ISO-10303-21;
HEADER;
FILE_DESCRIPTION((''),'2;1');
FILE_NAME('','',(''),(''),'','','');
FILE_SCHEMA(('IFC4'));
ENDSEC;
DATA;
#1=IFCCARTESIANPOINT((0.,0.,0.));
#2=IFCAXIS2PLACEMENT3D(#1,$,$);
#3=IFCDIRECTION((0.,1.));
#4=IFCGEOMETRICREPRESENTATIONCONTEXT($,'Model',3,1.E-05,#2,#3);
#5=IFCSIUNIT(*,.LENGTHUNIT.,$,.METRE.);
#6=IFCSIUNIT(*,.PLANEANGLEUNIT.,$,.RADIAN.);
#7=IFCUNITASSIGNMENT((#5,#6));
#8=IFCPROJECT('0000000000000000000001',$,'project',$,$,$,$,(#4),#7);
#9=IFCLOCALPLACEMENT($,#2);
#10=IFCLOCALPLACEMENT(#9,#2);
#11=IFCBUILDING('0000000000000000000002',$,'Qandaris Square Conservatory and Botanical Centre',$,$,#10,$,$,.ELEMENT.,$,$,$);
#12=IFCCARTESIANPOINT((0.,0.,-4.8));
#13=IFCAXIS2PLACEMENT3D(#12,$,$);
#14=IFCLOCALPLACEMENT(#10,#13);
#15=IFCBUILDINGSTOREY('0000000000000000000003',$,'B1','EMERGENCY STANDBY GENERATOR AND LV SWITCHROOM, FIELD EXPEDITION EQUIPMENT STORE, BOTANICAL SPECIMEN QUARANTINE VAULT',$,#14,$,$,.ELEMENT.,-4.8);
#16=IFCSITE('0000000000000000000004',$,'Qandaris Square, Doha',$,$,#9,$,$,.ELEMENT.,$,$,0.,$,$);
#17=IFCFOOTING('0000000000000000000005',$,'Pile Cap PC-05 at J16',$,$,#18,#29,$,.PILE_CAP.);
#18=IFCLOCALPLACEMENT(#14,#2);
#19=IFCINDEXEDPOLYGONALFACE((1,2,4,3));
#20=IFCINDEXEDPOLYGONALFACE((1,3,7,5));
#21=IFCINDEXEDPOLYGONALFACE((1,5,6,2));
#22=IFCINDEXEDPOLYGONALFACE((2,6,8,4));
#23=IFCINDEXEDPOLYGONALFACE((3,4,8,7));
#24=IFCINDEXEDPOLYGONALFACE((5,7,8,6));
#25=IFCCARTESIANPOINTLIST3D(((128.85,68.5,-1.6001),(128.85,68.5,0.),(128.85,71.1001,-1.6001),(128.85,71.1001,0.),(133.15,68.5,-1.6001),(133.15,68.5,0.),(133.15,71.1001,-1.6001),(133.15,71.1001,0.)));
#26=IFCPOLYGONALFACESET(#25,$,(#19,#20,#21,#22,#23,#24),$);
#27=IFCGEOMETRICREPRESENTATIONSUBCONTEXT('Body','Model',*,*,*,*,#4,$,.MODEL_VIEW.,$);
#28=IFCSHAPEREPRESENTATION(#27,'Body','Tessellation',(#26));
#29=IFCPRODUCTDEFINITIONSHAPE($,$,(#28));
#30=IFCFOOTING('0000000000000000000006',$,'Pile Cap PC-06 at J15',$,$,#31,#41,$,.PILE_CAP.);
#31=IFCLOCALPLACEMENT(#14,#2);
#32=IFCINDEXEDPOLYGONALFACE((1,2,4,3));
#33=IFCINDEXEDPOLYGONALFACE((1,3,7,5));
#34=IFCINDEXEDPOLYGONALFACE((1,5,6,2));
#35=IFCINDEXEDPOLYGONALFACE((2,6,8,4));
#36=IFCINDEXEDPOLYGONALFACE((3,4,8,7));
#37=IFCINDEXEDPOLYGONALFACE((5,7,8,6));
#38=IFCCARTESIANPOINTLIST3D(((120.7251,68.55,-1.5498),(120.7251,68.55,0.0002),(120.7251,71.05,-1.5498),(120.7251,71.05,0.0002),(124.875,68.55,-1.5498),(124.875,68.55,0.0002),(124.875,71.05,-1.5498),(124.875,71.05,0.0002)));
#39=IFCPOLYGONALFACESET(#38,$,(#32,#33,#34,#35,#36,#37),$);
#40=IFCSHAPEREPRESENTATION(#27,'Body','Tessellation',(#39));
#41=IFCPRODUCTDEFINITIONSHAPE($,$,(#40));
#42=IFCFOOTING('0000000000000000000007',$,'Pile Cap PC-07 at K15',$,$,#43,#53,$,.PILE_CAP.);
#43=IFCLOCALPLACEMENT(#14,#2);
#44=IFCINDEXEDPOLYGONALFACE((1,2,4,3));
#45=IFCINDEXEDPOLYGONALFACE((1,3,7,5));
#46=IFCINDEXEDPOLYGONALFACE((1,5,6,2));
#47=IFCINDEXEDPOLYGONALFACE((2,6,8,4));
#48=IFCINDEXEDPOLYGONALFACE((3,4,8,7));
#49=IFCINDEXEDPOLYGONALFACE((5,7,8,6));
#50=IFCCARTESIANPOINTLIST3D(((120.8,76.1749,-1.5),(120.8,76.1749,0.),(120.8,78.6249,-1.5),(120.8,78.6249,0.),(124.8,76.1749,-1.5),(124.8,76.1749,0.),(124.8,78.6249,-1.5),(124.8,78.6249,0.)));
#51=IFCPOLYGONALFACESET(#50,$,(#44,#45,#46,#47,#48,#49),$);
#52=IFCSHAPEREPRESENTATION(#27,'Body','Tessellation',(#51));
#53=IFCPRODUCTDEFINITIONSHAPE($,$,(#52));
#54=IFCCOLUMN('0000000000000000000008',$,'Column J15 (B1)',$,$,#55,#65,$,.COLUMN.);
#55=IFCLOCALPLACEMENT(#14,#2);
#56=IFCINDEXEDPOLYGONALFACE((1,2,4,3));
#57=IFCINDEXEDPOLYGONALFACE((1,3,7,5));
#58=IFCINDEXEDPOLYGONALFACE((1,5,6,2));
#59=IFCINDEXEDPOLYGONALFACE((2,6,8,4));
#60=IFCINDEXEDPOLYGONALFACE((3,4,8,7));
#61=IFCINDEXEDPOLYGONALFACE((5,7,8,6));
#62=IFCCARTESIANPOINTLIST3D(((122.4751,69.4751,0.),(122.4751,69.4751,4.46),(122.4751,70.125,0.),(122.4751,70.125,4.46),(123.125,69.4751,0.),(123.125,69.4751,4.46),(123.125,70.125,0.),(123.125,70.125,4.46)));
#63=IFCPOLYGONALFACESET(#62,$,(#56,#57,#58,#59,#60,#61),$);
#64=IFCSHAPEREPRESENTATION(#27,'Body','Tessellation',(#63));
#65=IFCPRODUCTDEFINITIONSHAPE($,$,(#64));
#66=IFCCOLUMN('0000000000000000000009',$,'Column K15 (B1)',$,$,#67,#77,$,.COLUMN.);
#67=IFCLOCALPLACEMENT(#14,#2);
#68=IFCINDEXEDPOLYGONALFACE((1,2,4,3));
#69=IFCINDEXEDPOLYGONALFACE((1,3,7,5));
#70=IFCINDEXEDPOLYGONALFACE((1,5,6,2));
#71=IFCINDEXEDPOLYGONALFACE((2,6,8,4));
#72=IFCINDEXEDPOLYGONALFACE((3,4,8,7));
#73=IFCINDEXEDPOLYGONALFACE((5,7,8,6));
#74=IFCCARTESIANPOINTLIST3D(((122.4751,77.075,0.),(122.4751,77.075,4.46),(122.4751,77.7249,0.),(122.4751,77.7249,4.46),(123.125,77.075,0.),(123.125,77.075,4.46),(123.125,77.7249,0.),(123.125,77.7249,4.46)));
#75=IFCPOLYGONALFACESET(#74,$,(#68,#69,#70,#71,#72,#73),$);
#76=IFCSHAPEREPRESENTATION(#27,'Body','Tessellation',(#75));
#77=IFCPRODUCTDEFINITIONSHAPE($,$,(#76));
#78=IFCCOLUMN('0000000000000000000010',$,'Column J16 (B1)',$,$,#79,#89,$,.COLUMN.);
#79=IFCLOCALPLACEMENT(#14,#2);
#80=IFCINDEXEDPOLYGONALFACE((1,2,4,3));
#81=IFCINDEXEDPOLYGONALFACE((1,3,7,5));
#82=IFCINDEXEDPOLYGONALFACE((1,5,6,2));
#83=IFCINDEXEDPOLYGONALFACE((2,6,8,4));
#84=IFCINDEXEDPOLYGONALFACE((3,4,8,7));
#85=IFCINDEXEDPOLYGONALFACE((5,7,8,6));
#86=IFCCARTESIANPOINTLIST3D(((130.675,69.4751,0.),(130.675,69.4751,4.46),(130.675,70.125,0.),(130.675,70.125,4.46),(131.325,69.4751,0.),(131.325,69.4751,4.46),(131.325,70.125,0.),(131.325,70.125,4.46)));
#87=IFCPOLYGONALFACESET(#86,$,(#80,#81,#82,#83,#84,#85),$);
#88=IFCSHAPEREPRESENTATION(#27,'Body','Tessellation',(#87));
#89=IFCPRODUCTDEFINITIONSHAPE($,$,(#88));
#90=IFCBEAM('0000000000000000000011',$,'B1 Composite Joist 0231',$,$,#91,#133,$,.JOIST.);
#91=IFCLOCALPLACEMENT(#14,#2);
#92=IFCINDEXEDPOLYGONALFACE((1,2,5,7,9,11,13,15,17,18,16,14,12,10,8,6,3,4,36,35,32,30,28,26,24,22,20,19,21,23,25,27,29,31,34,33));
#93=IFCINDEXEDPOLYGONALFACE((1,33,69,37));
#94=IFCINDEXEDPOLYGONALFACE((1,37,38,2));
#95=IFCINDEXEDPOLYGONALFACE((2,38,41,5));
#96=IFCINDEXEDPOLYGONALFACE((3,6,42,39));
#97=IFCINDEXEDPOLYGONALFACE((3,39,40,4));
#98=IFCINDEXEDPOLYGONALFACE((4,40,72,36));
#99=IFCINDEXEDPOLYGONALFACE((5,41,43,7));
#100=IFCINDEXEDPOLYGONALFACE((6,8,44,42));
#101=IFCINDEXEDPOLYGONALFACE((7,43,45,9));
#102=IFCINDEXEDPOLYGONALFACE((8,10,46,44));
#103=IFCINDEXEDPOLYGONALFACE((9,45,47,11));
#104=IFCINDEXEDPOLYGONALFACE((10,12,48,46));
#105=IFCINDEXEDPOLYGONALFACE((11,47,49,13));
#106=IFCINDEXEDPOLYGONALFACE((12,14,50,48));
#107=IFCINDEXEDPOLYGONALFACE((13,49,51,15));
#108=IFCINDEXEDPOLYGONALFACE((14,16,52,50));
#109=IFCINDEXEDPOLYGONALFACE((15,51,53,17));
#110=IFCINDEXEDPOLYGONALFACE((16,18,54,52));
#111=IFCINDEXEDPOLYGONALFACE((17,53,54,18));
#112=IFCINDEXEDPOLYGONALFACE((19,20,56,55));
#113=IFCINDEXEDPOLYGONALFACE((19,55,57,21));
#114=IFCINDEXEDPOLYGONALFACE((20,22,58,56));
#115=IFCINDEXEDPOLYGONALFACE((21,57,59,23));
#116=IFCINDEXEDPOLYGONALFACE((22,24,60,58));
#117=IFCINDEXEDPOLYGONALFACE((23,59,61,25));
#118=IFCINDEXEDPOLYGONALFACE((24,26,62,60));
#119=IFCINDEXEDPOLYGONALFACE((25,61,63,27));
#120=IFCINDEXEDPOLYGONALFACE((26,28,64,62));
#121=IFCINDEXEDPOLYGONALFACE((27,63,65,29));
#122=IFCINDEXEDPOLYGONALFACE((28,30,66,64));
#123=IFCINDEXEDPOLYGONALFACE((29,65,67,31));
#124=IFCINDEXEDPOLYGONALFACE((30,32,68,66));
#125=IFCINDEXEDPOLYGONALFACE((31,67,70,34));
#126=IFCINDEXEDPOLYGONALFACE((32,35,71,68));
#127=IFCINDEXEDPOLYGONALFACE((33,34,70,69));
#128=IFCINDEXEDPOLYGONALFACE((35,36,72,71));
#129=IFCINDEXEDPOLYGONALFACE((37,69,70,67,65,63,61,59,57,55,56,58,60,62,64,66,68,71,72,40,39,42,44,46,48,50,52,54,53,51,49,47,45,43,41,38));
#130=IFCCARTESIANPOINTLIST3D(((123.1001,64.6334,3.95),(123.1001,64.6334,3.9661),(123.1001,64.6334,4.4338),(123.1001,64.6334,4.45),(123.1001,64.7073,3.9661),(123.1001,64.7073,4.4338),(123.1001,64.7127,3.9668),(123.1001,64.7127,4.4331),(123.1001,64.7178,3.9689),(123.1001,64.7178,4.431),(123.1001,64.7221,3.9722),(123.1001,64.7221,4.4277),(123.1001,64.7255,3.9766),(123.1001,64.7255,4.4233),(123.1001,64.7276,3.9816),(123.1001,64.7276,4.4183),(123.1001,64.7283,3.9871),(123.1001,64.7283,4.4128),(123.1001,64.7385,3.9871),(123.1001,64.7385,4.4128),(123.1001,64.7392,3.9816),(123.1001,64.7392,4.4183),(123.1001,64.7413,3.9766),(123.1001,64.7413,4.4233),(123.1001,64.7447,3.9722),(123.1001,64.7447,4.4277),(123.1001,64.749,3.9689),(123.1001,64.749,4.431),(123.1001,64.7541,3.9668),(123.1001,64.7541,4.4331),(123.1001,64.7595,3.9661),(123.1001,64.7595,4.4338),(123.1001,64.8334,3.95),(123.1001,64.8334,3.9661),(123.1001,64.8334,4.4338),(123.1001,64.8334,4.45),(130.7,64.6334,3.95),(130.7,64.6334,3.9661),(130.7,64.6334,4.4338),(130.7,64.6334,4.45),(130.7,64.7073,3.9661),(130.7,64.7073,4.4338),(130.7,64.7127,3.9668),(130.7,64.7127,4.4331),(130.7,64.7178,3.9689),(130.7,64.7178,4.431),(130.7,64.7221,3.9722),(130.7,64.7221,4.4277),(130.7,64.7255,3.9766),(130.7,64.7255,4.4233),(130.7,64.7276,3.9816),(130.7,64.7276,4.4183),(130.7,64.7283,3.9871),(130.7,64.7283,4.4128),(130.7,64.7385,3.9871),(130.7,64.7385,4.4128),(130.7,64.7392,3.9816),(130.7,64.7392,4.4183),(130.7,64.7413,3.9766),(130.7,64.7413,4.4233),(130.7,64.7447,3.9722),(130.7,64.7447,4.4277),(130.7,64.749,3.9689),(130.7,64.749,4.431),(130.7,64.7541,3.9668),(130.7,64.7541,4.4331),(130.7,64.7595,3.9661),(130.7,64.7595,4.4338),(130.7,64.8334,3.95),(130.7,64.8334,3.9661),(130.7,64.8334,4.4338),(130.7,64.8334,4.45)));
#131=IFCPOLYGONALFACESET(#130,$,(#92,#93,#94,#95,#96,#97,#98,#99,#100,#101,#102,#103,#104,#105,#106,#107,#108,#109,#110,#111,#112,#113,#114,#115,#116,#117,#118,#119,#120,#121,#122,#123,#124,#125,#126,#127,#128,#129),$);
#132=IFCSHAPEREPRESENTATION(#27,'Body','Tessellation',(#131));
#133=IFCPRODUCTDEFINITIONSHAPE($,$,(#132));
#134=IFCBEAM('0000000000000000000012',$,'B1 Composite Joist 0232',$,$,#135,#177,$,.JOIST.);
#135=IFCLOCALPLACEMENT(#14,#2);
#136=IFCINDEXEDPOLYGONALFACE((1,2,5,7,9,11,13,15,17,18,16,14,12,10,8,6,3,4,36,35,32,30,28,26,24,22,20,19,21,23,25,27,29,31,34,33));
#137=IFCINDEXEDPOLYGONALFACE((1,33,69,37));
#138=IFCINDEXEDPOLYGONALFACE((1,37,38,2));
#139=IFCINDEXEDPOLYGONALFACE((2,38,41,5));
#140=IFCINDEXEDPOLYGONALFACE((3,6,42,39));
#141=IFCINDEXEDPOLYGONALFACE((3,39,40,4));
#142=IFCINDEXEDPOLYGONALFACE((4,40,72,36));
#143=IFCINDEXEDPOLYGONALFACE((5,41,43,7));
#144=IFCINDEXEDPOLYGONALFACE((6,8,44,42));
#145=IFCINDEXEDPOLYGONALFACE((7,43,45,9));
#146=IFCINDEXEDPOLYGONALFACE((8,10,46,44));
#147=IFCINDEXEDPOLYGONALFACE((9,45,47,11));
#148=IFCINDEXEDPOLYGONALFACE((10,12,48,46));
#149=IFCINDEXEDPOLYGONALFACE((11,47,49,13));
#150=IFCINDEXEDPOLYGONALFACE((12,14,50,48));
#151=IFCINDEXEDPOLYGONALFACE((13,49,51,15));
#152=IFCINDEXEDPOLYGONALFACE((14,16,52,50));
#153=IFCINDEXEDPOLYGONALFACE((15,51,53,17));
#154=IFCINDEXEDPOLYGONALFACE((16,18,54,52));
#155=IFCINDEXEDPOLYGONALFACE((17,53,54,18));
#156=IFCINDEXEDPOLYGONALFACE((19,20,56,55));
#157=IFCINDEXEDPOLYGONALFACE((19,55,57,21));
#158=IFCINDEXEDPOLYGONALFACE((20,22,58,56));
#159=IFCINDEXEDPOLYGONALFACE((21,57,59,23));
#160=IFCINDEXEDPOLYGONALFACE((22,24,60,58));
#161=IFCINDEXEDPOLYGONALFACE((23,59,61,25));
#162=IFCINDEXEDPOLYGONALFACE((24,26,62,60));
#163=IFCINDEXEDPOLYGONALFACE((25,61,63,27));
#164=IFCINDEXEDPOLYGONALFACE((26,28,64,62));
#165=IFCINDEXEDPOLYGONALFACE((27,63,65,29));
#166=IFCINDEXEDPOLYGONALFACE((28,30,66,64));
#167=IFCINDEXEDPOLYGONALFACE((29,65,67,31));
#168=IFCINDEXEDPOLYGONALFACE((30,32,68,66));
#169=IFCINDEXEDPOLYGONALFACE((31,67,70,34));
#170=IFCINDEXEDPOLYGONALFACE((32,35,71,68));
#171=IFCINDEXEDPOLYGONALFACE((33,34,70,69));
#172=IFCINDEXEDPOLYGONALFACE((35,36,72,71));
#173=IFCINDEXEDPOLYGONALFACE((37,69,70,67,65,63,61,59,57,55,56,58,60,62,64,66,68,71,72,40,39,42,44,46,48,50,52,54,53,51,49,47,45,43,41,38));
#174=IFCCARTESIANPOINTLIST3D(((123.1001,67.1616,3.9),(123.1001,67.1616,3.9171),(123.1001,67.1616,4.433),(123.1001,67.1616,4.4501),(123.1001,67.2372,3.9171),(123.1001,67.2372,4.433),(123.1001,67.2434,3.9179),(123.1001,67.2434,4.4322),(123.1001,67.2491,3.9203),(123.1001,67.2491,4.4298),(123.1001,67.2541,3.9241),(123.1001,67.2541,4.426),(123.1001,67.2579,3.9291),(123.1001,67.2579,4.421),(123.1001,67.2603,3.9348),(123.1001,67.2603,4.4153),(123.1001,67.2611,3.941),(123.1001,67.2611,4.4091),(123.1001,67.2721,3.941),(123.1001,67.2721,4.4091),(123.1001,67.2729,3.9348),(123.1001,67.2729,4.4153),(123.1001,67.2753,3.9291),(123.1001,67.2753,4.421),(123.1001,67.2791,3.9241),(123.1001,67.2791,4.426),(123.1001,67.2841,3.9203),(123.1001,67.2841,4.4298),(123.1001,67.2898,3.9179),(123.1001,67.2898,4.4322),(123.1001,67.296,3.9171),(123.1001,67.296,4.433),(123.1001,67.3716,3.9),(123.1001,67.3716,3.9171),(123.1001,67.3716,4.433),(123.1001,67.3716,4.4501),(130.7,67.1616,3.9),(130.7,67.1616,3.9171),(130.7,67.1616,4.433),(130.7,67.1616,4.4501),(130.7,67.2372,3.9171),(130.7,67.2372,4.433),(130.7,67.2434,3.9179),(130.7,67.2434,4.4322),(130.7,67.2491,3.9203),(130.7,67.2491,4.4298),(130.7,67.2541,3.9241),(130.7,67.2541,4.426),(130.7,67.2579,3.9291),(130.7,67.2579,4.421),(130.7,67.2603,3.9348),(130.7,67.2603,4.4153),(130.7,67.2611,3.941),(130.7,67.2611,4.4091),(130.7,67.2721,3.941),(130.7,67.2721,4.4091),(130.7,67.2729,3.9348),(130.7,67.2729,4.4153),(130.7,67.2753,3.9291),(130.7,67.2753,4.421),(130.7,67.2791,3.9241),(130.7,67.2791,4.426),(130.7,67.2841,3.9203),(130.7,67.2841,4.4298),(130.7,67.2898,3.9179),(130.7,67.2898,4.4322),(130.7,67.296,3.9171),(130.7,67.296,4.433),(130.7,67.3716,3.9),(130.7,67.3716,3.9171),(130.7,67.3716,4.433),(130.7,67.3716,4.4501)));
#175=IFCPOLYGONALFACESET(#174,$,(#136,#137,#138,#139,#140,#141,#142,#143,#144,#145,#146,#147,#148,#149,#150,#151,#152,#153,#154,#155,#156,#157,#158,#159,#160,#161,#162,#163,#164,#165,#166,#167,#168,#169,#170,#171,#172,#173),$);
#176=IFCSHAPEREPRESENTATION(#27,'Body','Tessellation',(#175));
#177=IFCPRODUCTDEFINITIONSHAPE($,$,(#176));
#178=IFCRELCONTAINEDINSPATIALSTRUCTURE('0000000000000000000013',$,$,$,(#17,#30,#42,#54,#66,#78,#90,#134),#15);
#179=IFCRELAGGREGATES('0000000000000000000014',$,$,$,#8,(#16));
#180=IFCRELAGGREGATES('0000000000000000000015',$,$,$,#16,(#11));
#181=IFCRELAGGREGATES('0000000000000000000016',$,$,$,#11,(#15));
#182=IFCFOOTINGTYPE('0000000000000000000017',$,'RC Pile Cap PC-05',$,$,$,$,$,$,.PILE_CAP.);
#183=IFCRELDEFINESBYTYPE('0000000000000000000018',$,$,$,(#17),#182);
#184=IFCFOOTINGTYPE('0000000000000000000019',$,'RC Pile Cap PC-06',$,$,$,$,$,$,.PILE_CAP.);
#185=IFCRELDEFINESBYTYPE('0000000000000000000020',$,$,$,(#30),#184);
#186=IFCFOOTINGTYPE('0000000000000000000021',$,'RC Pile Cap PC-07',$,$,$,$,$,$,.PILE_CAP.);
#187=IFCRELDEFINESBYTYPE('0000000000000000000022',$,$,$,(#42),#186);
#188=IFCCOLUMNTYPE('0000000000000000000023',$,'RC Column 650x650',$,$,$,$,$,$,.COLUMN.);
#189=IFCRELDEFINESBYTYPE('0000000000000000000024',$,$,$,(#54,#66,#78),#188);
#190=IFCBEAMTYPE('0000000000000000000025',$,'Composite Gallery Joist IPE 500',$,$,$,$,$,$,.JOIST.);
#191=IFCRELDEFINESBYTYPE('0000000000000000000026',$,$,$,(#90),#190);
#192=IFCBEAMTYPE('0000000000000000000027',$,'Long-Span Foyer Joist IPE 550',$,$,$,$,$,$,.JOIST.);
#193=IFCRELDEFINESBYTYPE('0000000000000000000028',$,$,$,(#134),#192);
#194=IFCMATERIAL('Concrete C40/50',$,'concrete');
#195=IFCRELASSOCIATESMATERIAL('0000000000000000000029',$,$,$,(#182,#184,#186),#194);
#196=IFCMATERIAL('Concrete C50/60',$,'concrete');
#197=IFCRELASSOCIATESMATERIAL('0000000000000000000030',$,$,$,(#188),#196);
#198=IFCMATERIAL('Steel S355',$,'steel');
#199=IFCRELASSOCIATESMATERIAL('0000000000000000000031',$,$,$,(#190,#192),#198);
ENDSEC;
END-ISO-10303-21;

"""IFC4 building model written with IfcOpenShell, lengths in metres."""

from ifc_helpers import new_model, si_unit, direction, frame, origin, origin_2d, place, context, subcontext, project, spatial, rectangle, i_section, extrude, material, material_profile, profile_set, type_object, element, save


model = new_model("IFC4")

# Units and contexts
model_context = context("Model", 3, precision=1e-05, world=origin(), true_north=direction((0.0, 1.0)))
body_context = subcontext(model_context, "Body", "Model", "MODEL_VIEW")
ifc_project = project(units=[si_unit("LENGTHUNIT", "METRE"), si_unit("PLANEANGLEUNIT", "RADIAN")], contexts=[model_context])

# Site, building, storey
site_placement = place(None, origin())
site = spatial("IfcSite", under=ifc_project, at=site_placement, Name="Qandaris Square, Doha", CompositionType="ELEMENT", RefElevation=0.0)
building_placement = place(site_placement, origin())
building = spatial("IfcBuilding", under=site, at=building_placement, Name="Qandaris Square Conservatory and Botanical Centre", CompositionType="ELEMENT")
storey_placement = place(building_placement, frame((0.0, 0.0, -4.8)))
storey = spatial("IfcBuildingStorey", under=building, at=storey_placement, Name="B1", Description="EMERGENCY STANDBY GENERATOR AND LV SWITCHROOM, FIELD EXPEDITION EQUIPMENT STORE, BOTANICAL SPECIMEN QUARANTINE VAULT", CompositionType="ELEMENT", Elevation=-4.8)

# Shared definitions
ifc_material_1 = material(Name="Concrete C50/60", Category="concrete")

# Footings
ifc_material_2 = material(Name="Concrete C40/50", Category="concrete")
footing_type_1 = type_object("IfcFootingType", Name="RC Pile Cap PC-05", PredefinedType="PILE_CAP", material=ifc_material_2)
footing_1_placement = place(storey_placement, frame((131.0, 69.8, -1.6001), z_axis=(0.0, 0.0, 1.0), x_axis=(1.0, 0.0, 0.0)))
element("IfcFooting", 1, at=footing_1_placement, inside=storey, type_object=footing_type_1, Name="Pile Cap PC-05 at J16", PredefinedType="PILE_CAP", context=body_context, shape_type="SweptSolid", body=[
    extrude(rectangle(XDim=4.3, YDim=2.6001, at=origin_2d()), origin(), (0.0, 0.0, 1.0), 1.6001),
])
footing_type_2 = type_object("IfcFootingType", Name="RC Pile Cap PC-06", PredefinedType="PILE_CAP", material=ifc_material_2)
footing_2_placement = place(storey_placement, frame((122.8, 69.8, -1.5498), z_axis=(0.0, 0.0, 1.0), x_axis=(1.0, 0.0, 0.0)))
element("IfcFooting", 2, at=footing_2_placement, inside=storey, type_object=footing_type_2, Name="Pile Cap PC-06 at J15", PredefinedType="PILE_CAP", context=body_context, shape_type="SweptSolid", body=[
    extrude(rectangle(XDim=4.1499, YDim=2.5, at=origin_2d()), origin(), (0.0, 0.0, 1.0), 1.55),
])
footing_type_3 = type_object("IfcFootingType", Name="RC Pile Cap PC-07", PredefinedType="PILE_CAP", material=ifc_material_2)
footing_3_placement = place(storey_placement, frame((122.8, 77.3999, -1.5), z_axis=(0.0, 0.0, 1.0), x_axis=(1.0, 0.0, 0.0)))
element("IfcFooting", 3, at=footing_3_placement, inside=storey, type_object=footing_type_3, Name="Pile Cap PC-07 at K15", PredefinedType="PILE_CAP", context=body_context, shape_type="SweptSolid", body=[
    extrude(rectangle(XDim=4.0, YDim=2.45, at=origin_2d()), origin(), (0.0, 0.0, 1.0), 1.5),
])

# Columns
ifc_material_profile_1 = material_profile(ifc_material_1, rectangle(XDim=0.6499, YDim=0.6499, at=origin_2d()), Name="RC-COL 650x650")
ifc_profile_set_1 = profile_set([ifc_material_profile_1], Name="Concrete C50/60")
column_type = type_object("IfcColumnType", Name="RC Column 650x650", PredefinedType="COLUMN", material=ifc_profile_set_1)
for number, where, z_axis, x_axis, name in (
    (4, (122.8, 69.8, 0.0), (0.0, 0.0, 1.0), (1.0, 0.0, 0.0), "Column J15 (B1)"),
    (5, (122.8, 77.3999, 0.0), (0.0, 0.0, 1.0), (1.0, 0.0, 0.0), "Column K15 (B1)"),
    (6, (131.0, 69.8, 0.0), (0.0, 0.0, 1.0), (1.0, 0.0, 0.0), "Column J16 (B1)"),
):
    element("IfcColumn", number, at=place(storey_placement, frame(where, z_axis=z_axis, x_axis=x_axis)), inside=storey, type_object=column_type, Name=name, PredefinedType="COLUMN", context=body_context, shape_type="SweptSolid", body=[
        extrude(rectangle(XDim=0.6499, YDim=0.6499, at=origin_2d()), origin(), (0.0, 0.0, 1.0), 4.46),
    ])

# Beams
ifc_material_3 = material(Name="Steel S355", Category="steel")
ifc_material_profile_2 = material_profile(ifc_material_3, i_section(OverallWidth=0.2, OverallDepth=0.5, WebThickness=0.0103, FlangeThickness=0.0161, FilletRadius=0.021, at=origin_2d()), Name="IPE 500")
ifc_profile_set_2 = profile_set([ifc_material_profile_2], Name="Steel S355")
beam_type_1 = type_object("IfcBeamType", Name="Composite Gallery Joist IPE 500", PredefinedType="JOIST", material=ifc_profile_set_2)
beam_1_placement = place(storey_placement, frame((123.1001, 64.7334, 4.2), z_axis=(1.0, 0.0, 0.0), x_axis=(0.0, 1.0, 0.0)))
element("IfcBeam", 7, at=beam_1_placement, inside=storey, type_object=beam_type_1, Name="B1 Composite Joist 0231", PredefinedType="JOIST", context=body_context, shape_type="SweptSolid", body=[
    extrude(i_section(OverallWidth=0.2, OverallDepth=0.5, WebThickness=0.0103, FlangeThickness=0.0161, FilletRadius=0.021, at=origin_2d()), origin(), (0.0, 0.0, 1.0), 7.5999),
])
ifc_material_profile_3 = material_profile(ifc_material_3, i_section(OverallWidth=0.21, OverallDepth=0.55, WebThickness=0.011, FlangeThickness=0.0171, FilletRadius=0.0239, at=origin_2d()), Name="IPE 550")
ifc_profile_set_3 = profile_set([ifc_material_profile_3], Name="Steel S355")
beam_type_2 = type_object("IfcBeamType", Name="Long-Span Foyer Joist IPE 550", PredefinedType="JOIST", material=ifc_profile_set_3)
for number, where, z_axis, x_axis, name in (
    (8, (123.1001, 67.2666, 4.175), (1.0, 0.0, 0.0), (0.0, 1.0, 0.0), "B1 Composite Joist 0232"),
):
    element("IfcBeam", number, at=place(storey_placement, frame(where, z_axis=z_axis, x_axis=x_axis)), inside=storey, type_object=beam_type_2, Name=name, PredefinedType="JOIST", context=body_context, shape_type="SweptSolid", body=[
        extrude(i_section(OverallWidth=0.21, OverallDepth=0.55, WebThickness=0.011, FlangeThickness=0.0171, FilletRadius=0.0239, at=origin_2d()), origin(), (0.0, 0.0, 1.0), 7.5999),
    ])

save(model, "model.ifc")
